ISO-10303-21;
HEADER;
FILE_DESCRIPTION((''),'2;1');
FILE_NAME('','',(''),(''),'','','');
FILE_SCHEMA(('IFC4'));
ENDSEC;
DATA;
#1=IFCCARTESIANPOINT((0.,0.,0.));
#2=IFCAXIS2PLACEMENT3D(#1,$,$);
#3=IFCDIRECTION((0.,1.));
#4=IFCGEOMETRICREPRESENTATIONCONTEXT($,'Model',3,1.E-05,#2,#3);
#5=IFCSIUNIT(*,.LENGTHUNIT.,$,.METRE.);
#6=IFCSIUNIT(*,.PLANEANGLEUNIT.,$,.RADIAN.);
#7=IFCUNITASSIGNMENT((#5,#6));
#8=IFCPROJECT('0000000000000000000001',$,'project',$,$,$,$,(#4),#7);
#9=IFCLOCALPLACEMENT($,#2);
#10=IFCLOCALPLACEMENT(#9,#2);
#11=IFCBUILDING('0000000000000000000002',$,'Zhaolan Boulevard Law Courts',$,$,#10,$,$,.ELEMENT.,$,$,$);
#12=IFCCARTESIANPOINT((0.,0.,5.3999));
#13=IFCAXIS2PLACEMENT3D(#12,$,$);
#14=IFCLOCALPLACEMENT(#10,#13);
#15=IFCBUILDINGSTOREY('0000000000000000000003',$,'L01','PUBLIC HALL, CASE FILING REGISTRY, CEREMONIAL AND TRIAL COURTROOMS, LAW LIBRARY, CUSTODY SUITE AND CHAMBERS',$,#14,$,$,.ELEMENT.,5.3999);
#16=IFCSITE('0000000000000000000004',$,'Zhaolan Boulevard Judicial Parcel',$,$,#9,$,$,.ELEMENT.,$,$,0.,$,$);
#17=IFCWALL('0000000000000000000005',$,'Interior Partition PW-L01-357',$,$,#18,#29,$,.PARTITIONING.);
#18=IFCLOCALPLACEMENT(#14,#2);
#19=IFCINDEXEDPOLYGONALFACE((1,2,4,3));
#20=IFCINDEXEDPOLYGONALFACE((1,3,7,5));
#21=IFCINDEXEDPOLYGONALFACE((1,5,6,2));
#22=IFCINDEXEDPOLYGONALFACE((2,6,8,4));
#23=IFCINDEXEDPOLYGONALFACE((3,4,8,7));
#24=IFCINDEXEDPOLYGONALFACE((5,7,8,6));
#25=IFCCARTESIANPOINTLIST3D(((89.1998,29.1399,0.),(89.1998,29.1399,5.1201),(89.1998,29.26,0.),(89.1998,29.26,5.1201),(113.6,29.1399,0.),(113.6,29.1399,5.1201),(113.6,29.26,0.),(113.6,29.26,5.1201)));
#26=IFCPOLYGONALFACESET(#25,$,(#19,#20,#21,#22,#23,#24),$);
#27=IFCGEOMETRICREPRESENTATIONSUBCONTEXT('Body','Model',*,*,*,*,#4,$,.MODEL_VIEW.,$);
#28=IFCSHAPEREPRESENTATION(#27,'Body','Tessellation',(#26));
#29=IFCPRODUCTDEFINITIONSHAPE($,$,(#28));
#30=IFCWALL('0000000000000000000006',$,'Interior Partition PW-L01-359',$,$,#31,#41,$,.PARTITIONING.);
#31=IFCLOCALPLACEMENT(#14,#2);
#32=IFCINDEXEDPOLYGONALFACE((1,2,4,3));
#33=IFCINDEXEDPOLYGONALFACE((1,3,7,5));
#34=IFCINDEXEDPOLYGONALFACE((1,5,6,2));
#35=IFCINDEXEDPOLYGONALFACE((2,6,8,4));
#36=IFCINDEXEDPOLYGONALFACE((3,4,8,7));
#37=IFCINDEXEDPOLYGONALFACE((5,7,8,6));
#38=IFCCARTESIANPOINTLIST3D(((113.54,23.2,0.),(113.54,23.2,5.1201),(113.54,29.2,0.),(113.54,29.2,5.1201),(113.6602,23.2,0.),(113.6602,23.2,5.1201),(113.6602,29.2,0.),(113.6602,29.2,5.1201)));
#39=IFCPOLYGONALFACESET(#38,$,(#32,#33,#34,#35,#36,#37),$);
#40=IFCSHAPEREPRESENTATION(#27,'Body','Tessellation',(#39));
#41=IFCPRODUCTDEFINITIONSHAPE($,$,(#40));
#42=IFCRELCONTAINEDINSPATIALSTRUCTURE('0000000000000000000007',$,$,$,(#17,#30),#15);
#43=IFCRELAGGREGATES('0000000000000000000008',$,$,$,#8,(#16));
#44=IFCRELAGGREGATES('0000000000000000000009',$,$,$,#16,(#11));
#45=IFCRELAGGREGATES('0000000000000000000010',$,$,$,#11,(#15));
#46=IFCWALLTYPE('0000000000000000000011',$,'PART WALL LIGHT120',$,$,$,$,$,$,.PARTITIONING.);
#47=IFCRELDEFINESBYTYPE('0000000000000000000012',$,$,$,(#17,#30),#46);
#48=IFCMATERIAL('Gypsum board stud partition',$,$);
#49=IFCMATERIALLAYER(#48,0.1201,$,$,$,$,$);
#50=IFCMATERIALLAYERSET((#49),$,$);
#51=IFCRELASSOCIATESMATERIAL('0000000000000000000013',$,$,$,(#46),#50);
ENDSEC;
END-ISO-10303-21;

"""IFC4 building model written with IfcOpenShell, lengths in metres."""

from ifc_helpers import new_model, si_unit, direction, frame, frame_2d, origin, place, context, subcontext, project, spatial, rectangle, extrude, material, layer, layer_set, type_object, element, save


model = new_model("IFC4")

# Units and contexts
model_context = context("Model", 3, precision=1e-05, world=origin(), true_north=direction((0.0, 1.0)))
body_context = subcontext(model_context, "Body", "Model", "MODEL_VIEW")
ifc_project = project(units=[si_unit("LENGTHUNIT", "METRE"), si_unit("PLANEANGLEUNIT", "RADIAN")], contexts=[model_context])

# Site, building, storey
site_placement = place(None, origin())
site = spatial("IfcSite", under=ifc_project, at=site_placement, Name="Zhaolan Boulevard Judicial Parcel", CompositionType="ELEMENT", RefElevation=0.0)
building_placement = place(site_placement, origin())
building = spatial("IfcBuilding", under=site, at=building_placement, Name="Zhaolan Boulevard Law Courts", CompositionType="ELEMENT")
storey_placement = place(building_placement, frame((0.0, 0.0, 5.3999)))
storey = spatial("IfcBuildingStorey", under=building, at=storey_placement, Name="L01", Description="PUBLIC HALL, CASE FILING REGISTRY, CEREMONIAL AND TRIAL COURTROOMS, LAW LIBRARY, CUSTODY SUITE AND CHAMBERS", CompositionType="ELEMENT", Elevation=5.3999)

# Walls
ifc_material_1 = material(Name="Gypsum board stud partition")
ifc_layer_1 = layer(ifc_material_1, 0.1201)
ifc_layer_set_1 = layer_set([ifc_layer_1])
wall_type = type_object("IfcWallType", Name="PART WALL LIGHT120", PredefinedType="PARTITIONING", material=ifc_layer_set_1)
wall_1_placement = place(storey_placement, frame((113.6001, 29.2, 0.0), z_axis=(0.0, 0.0, 1.0), x_axis=(-1.0, 0.0, 0.0)))
element("IfcWall", 1, at=wall_1_placement, inside=storey, type_object=wall_type, Name="Interior Partition PW-L01-357", PredefinedType="PARTITIONING", context=body_context, shape_type="SweptSolid", body=[
    extrude(rectangle(XDim=24.4001, YDim=0.1201, at=frame_2d((12.2002, 0.0))), origin(), (0.0, 0.0, 1.0), 5.1201),
])
wall_2_placement = place(storey_placement, frame((113.6001, 23.2, 0.0), z_axis=(0.0, 0.0, 1.0), x_axis=(0.0, 1.0, 0.0)))
element("IfcWall", 2, at=wall_2_placement, inside=storey, type_object=wall_type, Name="Interior Partition PW-L01-359", PredefinedType="PARTITIONING", context=body_context, shape_type="SweptSolid", body=[
    extrude(rectangle(XDim=6.0, YDim=0.1201, at=frame_2d((3.0, 0.0))), origin(), (0.0, 0.0, 1.0), 5.1201),
])

save(model, "model.ifc")
